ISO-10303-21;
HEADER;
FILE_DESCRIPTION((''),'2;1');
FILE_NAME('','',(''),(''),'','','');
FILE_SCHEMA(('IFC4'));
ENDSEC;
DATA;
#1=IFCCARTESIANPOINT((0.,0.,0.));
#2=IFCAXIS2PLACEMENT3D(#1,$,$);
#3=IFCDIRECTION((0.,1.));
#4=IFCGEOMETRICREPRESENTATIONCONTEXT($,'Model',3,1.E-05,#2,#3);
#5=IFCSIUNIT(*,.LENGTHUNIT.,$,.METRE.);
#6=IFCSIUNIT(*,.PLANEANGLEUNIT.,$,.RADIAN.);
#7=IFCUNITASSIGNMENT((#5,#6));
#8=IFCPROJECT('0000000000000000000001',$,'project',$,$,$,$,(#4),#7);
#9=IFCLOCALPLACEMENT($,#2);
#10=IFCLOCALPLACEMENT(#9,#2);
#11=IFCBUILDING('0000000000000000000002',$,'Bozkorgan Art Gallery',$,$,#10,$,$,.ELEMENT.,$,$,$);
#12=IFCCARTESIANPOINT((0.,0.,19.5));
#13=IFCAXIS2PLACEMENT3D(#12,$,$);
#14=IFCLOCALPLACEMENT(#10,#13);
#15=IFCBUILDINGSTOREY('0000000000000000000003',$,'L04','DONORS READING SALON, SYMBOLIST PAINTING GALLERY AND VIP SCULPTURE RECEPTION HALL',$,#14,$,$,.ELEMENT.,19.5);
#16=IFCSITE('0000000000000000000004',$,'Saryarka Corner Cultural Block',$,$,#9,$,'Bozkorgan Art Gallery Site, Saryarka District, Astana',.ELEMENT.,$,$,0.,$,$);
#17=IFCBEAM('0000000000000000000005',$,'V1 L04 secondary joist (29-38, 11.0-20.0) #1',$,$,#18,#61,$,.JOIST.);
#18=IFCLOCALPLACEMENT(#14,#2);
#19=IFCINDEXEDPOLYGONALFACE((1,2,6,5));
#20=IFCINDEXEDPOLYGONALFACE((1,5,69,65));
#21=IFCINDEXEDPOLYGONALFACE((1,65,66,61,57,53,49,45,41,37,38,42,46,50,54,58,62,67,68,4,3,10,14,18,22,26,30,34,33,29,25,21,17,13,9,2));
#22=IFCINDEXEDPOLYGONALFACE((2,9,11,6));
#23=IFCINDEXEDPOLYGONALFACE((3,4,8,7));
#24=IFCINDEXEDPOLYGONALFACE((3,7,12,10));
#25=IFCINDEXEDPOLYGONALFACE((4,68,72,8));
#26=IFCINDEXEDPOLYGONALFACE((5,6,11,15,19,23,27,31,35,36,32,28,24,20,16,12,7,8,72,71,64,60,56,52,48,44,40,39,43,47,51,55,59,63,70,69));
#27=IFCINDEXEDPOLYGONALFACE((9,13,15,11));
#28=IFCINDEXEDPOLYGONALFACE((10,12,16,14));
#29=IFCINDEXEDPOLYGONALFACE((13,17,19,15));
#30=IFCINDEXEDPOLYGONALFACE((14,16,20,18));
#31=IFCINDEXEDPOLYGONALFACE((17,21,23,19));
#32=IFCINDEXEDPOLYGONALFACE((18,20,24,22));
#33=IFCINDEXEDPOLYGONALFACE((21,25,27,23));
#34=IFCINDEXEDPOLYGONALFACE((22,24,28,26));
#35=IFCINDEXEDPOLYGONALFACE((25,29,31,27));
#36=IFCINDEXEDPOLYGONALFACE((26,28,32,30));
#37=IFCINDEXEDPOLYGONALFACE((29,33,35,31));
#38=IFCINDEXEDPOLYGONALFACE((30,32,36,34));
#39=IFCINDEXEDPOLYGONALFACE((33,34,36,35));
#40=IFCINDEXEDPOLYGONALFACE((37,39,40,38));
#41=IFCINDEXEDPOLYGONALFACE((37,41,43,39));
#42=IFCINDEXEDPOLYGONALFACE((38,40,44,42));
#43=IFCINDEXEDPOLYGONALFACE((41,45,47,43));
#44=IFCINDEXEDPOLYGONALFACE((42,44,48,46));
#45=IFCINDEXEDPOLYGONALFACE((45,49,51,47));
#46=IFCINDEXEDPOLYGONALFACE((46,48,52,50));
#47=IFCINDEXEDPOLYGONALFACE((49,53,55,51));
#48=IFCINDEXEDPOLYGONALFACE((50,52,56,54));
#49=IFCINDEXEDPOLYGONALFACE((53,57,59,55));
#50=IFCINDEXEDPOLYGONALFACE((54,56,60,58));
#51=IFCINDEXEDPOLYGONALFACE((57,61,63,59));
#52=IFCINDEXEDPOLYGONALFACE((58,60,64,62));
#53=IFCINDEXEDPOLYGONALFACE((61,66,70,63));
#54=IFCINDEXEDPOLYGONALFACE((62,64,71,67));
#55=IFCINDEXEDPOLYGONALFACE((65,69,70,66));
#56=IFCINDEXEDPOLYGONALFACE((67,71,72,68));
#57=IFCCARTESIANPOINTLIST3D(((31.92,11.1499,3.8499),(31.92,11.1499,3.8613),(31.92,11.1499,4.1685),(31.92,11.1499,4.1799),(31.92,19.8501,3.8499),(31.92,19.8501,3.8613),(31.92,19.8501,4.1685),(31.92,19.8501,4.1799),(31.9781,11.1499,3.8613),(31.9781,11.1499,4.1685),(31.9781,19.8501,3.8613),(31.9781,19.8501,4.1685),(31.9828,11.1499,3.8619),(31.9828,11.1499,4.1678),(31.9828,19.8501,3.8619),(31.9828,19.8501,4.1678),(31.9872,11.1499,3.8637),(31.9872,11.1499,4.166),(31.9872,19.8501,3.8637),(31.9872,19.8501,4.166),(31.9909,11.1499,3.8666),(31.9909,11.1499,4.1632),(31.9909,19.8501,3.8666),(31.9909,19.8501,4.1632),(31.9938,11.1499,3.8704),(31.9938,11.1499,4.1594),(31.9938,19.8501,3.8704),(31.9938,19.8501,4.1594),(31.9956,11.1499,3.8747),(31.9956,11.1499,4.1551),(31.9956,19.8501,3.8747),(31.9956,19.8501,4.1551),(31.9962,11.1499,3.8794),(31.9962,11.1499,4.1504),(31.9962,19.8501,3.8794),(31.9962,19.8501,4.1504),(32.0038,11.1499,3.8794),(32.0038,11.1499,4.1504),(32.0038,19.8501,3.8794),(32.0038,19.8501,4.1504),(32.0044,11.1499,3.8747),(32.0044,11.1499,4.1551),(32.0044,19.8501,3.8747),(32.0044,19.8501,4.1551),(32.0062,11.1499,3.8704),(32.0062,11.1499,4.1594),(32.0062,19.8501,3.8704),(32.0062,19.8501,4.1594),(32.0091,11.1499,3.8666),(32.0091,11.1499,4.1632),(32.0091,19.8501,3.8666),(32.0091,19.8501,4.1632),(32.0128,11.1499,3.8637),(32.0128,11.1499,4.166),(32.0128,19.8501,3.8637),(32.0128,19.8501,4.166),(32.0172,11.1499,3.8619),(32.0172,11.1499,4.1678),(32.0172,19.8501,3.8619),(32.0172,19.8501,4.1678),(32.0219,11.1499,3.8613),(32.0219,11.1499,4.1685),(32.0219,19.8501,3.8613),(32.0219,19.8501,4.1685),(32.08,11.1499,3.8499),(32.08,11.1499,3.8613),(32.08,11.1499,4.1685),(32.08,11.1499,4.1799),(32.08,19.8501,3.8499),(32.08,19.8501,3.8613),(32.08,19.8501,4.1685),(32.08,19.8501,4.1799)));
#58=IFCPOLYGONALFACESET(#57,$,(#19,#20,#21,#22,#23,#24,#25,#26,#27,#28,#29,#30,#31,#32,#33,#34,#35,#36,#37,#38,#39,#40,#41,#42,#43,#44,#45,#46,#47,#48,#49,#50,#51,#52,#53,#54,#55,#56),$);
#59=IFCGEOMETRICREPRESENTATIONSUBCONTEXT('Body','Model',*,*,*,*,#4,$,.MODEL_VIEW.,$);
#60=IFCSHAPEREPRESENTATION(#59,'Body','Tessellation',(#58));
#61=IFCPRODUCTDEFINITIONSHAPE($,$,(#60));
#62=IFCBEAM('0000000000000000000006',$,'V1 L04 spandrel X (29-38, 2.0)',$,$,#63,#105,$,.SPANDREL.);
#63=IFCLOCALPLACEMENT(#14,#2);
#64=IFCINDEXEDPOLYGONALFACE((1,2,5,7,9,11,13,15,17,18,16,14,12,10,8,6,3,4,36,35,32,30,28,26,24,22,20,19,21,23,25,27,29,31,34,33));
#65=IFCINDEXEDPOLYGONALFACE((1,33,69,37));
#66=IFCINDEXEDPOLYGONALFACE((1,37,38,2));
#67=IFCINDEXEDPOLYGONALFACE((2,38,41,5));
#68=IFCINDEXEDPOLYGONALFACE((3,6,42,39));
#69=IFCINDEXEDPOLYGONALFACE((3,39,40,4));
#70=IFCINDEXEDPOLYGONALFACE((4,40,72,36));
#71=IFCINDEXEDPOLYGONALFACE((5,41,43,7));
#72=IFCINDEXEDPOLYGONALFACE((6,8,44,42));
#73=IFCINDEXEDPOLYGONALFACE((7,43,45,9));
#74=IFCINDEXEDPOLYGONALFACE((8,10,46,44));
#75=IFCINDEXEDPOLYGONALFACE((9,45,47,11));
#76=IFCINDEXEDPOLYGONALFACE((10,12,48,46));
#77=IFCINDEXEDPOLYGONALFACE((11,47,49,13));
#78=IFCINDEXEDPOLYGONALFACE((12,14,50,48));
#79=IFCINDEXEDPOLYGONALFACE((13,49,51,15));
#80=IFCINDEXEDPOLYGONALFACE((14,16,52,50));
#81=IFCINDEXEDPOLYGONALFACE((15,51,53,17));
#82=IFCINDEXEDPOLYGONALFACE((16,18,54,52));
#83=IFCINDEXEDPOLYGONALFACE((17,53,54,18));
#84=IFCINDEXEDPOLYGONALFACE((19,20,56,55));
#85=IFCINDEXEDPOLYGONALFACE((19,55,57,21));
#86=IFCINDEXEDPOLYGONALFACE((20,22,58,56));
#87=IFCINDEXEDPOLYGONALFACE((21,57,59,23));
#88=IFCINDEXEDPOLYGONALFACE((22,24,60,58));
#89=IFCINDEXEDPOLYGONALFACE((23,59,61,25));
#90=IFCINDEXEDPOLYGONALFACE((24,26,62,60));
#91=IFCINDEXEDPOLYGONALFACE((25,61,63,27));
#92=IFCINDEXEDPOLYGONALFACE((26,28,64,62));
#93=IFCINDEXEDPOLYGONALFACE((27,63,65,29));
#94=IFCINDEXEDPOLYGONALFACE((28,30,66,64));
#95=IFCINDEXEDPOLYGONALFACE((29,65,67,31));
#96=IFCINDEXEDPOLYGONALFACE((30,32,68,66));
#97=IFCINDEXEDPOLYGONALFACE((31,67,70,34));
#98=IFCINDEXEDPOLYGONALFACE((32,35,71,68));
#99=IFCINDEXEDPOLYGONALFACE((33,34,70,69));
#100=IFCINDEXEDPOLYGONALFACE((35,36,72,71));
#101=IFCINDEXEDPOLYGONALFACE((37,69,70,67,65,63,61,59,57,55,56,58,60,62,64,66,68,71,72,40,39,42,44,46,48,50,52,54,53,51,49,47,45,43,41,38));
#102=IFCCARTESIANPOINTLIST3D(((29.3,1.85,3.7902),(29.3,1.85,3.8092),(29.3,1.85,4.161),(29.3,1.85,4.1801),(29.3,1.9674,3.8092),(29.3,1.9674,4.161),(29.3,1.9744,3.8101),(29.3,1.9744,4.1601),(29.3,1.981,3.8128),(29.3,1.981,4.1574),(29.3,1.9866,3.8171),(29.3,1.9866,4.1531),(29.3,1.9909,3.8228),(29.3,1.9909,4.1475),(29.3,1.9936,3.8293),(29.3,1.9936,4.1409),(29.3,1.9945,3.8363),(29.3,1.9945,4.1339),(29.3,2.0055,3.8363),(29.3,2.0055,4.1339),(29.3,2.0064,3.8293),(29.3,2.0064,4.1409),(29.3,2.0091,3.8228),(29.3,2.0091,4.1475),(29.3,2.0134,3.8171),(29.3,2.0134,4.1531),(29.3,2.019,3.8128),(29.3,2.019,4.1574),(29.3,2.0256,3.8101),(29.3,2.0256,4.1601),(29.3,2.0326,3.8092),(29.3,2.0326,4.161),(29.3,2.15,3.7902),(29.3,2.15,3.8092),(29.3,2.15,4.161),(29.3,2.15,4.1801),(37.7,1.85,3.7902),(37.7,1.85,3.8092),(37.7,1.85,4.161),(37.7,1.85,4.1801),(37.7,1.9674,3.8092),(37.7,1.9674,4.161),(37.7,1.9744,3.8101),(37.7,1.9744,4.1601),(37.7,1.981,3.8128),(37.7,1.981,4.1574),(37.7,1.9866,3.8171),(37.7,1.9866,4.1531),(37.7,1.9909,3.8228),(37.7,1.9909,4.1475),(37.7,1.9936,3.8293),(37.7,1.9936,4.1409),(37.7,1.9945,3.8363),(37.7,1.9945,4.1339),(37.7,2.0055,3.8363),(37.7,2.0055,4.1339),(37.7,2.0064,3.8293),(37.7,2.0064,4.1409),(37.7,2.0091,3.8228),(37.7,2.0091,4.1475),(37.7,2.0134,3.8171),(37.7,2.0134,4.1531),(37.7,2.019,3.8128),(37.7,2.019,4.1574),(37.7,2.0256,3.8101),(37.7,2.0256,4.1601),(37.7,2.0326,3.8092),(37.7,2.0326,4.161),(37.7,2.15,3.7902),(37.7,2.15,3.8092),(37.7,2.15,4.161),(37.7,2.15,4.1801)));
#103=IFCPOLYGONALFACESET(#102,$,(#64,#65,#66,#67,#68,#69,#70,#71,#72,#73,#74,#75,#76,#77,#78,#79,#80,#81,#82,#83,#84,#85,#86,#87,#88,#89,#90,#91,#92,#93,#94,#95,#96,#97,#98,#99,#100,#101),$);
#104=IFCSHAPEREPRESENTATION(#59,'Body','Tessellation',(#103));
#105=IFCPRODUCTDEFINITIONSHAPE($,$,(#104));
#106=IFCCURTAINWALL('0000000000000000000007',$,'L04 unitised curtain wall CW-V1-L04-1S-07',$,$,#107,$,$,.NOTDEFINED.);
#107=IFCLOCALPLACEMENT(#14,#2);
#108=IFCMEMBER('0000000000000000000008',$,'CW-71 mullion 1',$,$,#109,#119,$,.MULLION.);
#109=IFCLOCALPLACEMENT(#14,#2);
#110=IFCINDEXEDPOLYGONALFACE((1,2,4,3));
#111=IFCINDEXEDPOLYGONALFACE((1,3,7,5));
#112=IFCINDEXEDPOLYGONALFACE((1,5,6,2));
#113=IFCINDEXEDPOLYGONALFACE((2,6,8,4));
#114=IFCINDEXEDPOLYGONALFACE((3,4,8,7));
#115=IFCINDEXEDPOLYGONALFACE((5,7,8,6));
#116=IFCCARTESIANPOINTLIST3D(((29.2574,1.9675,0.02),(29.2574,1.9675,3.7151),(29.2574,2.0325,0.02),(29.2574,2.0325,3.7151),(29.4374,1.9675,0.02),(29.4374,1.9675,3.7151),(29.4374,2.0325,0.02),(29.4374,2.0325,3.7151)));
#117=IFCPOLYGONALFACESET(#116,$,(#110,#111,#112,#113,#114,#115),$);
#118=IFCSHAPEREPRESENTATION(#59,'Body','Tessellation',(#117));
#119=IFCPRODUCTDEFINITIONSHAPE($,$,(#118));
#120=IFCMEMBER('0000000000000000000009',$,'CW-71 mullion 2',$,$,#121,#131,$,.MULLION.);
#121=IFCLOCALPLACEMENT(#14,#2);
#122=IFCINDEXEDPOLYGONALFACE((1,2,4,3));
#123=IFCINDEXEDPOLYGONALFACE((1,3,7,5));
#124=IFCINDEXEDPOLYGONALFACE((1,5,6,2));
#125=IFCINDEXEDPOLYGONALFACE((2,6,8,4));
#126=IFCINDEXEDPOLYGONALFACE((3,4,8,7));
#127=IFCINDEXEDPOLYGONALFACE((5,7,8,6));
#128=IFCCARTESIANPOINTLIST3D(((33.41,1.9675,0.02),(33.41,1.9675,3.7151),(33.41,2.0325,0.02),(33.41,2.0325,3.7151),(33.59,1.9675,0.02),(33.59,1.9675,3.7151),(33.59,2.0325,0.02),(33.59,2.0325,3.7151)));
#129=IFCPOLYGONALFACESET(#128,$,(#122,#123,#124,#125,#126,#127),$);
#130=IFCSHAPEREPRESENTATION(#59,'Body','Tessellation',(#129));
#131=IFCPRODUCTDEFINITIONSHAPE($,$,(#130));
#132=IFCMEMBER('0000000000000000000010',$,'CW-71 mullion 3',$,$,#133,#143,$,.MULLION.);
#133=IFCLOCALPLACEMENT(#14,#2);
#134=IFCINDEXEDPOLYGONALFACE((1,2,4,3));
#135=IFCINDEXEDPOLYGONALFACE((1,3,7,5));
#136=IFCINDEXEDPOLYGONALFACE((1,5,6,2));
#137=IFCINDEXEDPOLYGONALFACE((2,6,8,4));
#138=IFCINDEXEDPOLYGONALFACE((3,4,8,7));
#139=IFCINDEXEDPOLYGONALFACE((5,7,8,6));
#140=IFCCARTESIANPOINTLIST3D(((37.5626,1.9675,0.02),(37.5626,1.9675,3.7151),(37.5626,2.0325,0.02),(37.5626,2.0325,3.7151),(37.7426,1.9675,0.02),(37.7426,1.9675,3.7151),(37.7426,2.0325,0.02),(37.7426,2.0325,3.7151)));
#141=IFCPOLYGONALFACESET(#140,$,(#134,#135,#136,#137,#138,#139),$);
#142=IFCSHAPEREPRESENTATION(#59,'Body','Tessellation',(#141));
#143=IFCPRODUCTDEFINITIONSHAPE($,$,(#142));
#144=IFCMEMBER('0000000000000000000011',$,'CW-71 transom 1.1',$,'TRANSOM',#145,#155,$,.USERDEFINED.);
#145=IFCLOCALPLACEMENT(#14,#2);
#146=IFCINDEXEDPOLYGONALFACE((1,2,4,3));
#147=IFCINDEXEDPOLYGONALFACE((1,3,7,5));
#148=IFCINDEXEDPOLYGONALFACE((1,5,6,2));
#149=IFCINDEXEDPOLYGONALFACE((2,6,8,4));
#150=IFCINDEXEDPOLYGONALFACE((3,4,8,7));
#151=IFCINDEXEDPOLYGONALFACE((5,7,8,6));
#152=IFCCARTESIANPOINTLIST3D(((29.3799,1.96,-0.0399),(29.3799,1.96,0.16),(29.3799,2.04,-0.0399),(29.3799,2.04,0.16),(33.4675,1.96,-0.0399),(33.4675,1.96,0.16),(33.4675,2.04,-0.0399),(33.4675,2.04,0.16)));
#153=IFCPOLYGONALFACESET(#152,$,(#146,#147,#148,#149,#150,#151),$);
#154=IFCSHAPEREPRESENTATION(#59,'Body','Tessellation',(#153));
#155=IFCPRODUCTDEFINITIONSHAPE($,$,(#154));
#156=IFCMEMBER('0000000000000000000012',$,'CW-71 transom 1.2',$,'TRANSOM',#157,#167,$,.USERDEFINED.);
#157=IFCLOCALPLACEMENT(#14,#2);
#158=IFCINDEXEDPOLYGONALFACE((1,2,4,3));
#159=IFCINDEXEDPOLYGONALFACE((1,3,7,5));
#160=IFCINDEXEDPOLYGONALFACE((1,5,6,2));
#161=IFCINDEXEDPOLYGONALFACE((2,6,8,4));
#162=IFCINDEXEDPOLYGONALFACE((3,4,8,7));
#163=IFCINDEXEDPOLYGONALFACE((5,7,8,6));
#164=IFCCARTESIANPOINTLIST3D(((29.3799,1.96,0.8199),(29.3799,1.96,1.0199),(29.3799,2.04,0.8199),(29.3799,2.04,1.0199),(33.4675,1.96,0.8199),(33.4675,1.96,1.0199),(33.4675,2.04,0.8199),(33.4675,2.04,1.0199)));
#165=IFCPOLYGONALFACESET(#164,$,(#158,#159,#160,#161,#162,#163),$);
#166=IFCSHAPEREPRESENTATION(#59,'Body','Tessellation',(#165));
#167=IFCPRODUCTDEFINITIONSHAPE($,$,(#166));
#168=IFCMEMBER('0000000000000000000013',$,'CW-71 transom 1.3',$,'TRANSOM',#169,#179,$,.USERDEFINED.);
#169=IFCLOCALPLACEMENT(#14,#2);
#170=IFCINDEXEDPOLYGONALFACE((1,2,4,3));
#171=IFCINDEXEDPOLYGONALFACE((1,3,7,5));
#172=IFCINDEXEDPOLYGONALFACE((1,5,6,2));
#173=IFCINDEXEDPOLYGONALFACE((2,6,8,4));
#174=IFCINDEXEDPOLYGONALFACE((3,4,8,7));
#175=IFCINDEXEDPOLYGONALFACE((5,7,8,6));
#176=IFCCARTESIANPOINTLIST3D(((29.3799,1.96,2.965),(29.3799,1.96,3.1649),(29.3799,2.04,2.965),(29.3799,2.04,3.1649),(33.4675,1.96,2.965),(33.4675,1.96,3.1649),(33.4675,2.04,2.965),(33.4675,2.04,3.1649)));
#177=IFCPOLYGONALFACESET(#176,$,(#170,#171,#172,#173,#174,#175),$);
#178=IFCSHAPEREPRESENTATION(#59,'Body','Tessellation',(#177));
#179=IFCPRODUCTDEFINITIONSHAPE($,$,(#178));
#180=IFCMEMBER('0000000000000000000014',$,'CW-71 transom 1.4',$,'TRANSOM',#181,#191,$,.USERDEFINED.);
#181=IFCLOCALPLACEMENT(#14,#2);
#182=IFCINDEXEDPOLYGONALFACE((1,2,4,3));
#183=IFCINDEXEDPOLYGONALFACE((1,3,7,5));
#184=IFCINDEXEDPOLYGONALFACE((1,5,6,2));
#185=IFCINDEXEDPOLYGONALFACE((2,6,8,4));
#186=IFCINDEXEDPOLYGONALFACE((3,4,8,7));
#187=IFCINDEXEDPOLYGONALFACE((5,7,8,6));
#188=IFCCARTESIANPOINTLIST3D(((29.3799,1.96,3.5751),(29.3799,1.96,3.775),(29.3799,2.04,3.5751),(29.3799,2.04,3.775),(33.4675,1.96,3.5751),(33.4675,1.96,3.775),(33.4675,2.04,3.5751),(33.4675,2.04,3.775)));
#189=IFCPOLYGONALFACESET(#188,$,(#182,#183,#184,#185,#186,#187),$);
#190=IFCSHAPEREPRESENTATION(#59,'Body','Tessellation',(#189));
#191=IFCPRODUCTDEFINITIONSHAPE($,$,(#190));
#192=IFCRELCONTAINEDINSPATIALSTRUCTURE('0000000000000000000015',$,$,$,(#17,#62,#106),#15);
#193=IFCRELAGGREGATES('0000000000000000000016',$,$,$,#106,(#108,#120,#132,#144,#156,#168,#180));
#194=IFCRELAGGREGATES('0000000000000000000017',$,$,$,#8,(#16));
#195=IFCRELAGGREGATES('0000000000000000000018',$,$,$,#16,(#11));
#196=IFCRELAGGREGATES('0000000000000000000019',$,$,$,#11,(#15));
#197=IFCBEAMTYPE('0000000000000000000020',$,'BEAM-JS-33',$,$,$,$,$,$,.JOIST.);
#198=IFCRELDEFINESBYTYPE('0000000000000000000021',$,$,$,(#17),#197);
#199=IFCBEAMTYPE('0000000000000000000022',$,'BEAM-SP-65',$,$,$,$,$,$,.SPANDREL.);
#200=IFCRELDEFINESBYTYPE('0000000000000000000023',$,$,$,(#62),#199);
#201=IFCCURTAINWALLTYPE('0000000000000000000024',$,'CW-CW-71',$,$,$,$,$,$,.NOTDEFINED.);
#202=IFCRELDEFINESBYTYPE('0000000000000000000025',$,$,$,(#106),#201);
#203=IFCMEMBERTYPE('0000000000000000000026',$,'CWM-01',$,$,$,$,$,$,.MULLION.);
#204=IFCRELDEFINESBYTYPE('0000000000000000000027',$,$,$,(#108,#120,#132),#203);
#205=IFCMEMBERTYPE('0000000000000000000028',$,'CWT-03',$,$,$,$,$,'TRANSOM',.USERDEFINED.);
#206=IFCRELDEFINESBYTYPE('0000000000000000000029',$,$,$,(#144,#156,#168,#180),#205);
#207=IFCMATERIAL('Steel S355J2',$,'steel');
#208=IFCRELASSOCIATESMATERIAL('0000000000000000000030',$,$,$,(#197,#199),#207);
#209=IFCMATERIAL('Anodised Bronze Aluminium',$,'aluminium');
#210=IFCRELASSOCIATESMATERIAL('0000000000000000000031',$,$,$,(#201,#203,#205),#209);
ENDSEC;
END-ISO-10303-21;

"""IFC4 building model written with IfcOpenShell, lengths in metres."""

from ifc_helpers import new_model, si_unit, direction, frame, origin, origin_2d, place, context, subcontext, project, spatial, rectangle, i_section, extrude, material, material_profile, profile_set, type_object, element, aggregate, save


model = new_model("IFC4")

# Units and contexts
model_context = context("Model", 3, precision=1e-05, world=origin(), true_north=direction((0.0, 1.0)))
body_context = subcontext(model_context, "Body", "Model", "MODEL_VIEW")
ifc_project = project(units=[si_unit("LENGTHUNIT", "METRE"), si_unit("PLANEANGLEUNIT", "RADIAN")], contexts=[model_context])

# Site, building, storey
site_placement = place(None, origin())
site = spatial("IfcSite", under=ifc_project, at=site_placement, Name="Saryarka Corner Cultural Block", LongName="Bozkorgan Art Gallery Site, Saryarka District, Astana", CompositionType="ELEMENT", RefElevation=0.0)
building_placement = place(site_placement, origin())
building = spatial("IfcBuilding", under=site, at=building_placement, Name="Bozkorgan Art Gallery", CompositionType="ELEMENT")
storey_placement = place(building_placement, frame((0.0, 0.0, 19.5)))
storey = spatial("IfcBuildingStorey", under=building, at=storey_placement, Name="L04", Description="DONORS READING SALON, SYMBOLIST PAINTING GALLERY AND VIP SCULPTURE RECEPTION HALL", CompositionType="ELEMENT", Elevation=19.5)

# Beams
ifc_material_1 = material(Name="Steel S355J2", Category="steel")
ifc_material_profile_1 = material_profile(ifc_material_1, i_section(OverallWidth=0.1599, OverallDepth=0.3301, WebThickness=0.0076, FlangeThickness=0.0115, FilletRadius=0.0181, at=origin_2d()), Name="IPE 330")
ifc_profile_set_1 = profile_set([ifc_material_profile_1], Name="Steel S355J2")
beam_type_1 = type_object("IfcBeamType", Name="BEAM-JS-33", PredefinedType="JOIST", material=ifc_profile_set_1)
beam_1_placement = place(storey_placement, frame((32.0, 11.1499, 4.0149), z_axis=(0.0, 1.0, 0.0), x_axis=(-1.0, 0.0, 0.0)))
element("IfcBeam", 1, at=beam_1_placement, inside=storey, type_object=beam_type_1, Name="V1 L04 secondary joist (29-38, 11.0-20.0) #1", PredefinedType="JOIST", context=body_context, shape_type="SweptSolid", body=[
    extrude(i_section(OverallWidth=0.1599, OverallDepth=0.3301, WebThickness=0.0076, FlangeThickness=0.0115, FilletRadius=0.0181, at=origin_2d()), origin(), (0.0, 0.0, 1.0), 8.7002),
])
ifc_material_profile_2 = material_profile(ifc_material_1, i_section(OverallWidth=0.3, OverallDepth=0.3899, WebThickness=0.011, FlangeThickness=0.019, FilletRadius=0.0271, at=origin_2d()), Name="HEA 400")
ifc_profile_set_2 = profile_set([ifc_material_profile_2], Name="Steel S355J2")
beam_type_2 = type_object("IfcBeamType", Name="BEAM-SP-65", PredefinedType="SPANDREL", material=ifc_profile_set_2)
beam_2_placement = place(storey_placement, frame((29.3, 2.0, 3.9851), z_axis=(1.0, 0.0, 0.0), x_axis=(0.0, 1.0, 0.0)))
element("IfcBeam", 2, at=beam_2_placement, inside=storey, type_object=beam_type_2, Name="V1 L04 spandrel X (29-38, 2.0)", PredefinedType="SPANDREL", context=body_context, shape_type="SweptSolid", body=[
    extrude(i_section(OverallWidth=0.3, OverallDepth=0.3899, WebThickness=0.011, FlangeThickness=0.019, FilletRadius=0.0271, at=origin_2d()), origin(), (0.0, 0.0, 1.0), 8.3999),
])

# Curtain wall, members
ifc_material_2 = material(Name="Anodised Bronze Aluminium", Category="aluminium")
curtain_wall_type = type_object("IfcCurtainWallType", Name="CW-CW-71", PredefinedType="NOTDEFINED", material=ifc_material_2)
curtain_wall_placement = place(storey_placement, origin())
curtain_wall = element("IfcCurtainWall", 3, at=curtain_wall_placement, inside=storey, type_object=curtain_wall_type, Name="L04 unitised curtain wall CW-V1-L04-1S-07", PredefinedType="NOTDEFINED")
ifc_material_profile_3 = material_profile(ifc_material_2, rectangle(XDim=0.0649, YDim=0.1799, at=origin_2d()), Name="ALU MULLION 65x180")
ifc_profile_set_3 = profile_set([ifc_material_profile_3], Name="Anodised Bronze Aluminium")
member_type_1 = type_object("IfcMemberType", Name="CWM-01", PredefinedType="MULLION", material=ifc_profile_set_3)
member_1_placement = place(storey_placement, frame((29.3474, 2.0, 0.02), z_axis=(0.0, 0.0, 1.0), x_axis=(0.0, 1.0, 0.0)))
member_1 = element("IfcMember", 4, at=member_1_placement, type_object=member_type_1, Name="CW-71 mullion 1", PredefinedType="MULLION", context=body_context, shape_type="SweptSolid", body=[
    extrude(rectangle(XDim=0.0649, YDim=0.1799, at=origin_2d()), origin(), (0.0, 0.0, 1.0), 3.6951),
])
member_2_placement = place(storey_placement, frame((33.5, 2.0, 0.02), z_axis=(0.0, 0.0, 1.0), x_axis=(0.0, 1.0, 0.0)))
member_2 = element("IfcMember", 5, at=member_2_placement, type_object=member_type_1, Name="CW-71 mullion 2", PredefinedType="MULLION", context=body_context, shape_type="SweptSolid", body=[
    extrude(rectangle(XDim=0.0649, YDim=0.1799, at=origin_2d()), origin(), (0.0, 0.0, 1.0), 3.6951),
])
member_3_placement = place(storey_placement, frame((37.6526, 2.0, 0.02), z_axis=(0.0, 0.0, 1.0), x_axis=(0.0, 1.0, 0.0)))
member_3 = element("IfcMember", 6, at=member_3_placement, type_object=member_type_1, Name="CW-71 mullion 3", PredefinedType="MULLION", context=body_context, shape_type="SweptSolid", body=[
    extrude(rectangle(XDim=0.0649, YDim=0.1799, at=origin_2d()), origin(), (0.0, 0.0, 1.0), 3.6951),
])
ifc_material_profile_4 = material_profile(ifc_material_2, rectangle(XDim=0.0801, YDim=0.2, at=origin_2d()), Name="ALU TRANSOM 80x200")
ifc_profile_set_4 = profile_set([ifc_material_profile_4], Name="Anodised Bronze Aluminium")
member_type_2 = type_object("IfcMemberType", Name="CWT-03", ElementType="TRANSOM", PredefinedType="USERDEFINED", material=ifc_profile_set_4)
member_4_placement = place(storey_placement, frame((29.3799, 2.0, 0.0601), z_axis=(1.0, 0.0, 0.0), x_axis=(0.0, 1.0, 0.0)))
member_4 = element("IfcMember", 7, at=member_4_placement, type_object=member_type_2, Name="CW-71 transom 1.1", ObjectType="TRANSOM", PredefinedType="USERDEFINED", context=body_context, shape_type="SweptSolid", body=[
    extrude(rectangle(XDim=0.0801, YDim=0.2, at=origin_2d()), origin(), (0.0, 0.0, 1.0), 4.0876),
])
member_5_placement = place(storey_placement, frame((29.3799, 2.0, 0.9199), z_axis=(1.0, 0.0, 0.0), x_axis=(0.0, 1.0, 0.0)))
member_5 = element("IfcMember", 8, at=member_5_placement, type_object=member_type_2, Name="CW-71 transom 1.2", ObjectType="TRANSOM", PredefinedType="USERDEFINED", context=body_context, shape_type="SweptSolid", body=[
    extrude(rectangle(XDim=0.0801, YDim=0.2, at=origin_2d()), origin(), (0.0, 0.0, 1.0), 4.0876),
])
member_6_placement = place(storey_placement, frame((29.3799, 2.0, 3.0649), z_axis=(1.0, 0.0, 0.0), x_axis=(0.0, 1.0, 0.0)))
member_6 = element("IfcMember", 9, at=member_6_placement, type_object=member_type_2, Name="CW-71 transom 1.3", ObjectType="TRANSOM", PredefinedType="USERDEFINED", context=body_context, shape_type="SweptSolid", body=[
    extrude(rectangle(XDim=0.0801, YDim=0.2, at=origin_2d()), origin(), (0.0, 0.0, 1.0), 4.0876),
])
member_7_placement = place(storey_placement, frame((29.3799, 2.0, 3.675), z_axis=(1.0, 0.0, 0.0), x_axis=(0.0, 1.0, 0.0)))
member_7 = element("IfcMember", 10, at=member_7_placement, type_object=member_type_2, Name="CW-71 transom 1.4", ObjectType="TRANSOM", PredefinedType="USERDEFINED", context=body_context, shape_type="SweptSolid", body=[
    extrude(rectangle(XDim=0.0801, YDim=0.2, at=origin_2d()), origin(), (0.0, 0.0, 1.0), 4.0876),
])
aggregate(curtain_wall, [member_1, member_2, member_3, member_4, member_5, member_6, member_7])

save(model, "model.ifc")
